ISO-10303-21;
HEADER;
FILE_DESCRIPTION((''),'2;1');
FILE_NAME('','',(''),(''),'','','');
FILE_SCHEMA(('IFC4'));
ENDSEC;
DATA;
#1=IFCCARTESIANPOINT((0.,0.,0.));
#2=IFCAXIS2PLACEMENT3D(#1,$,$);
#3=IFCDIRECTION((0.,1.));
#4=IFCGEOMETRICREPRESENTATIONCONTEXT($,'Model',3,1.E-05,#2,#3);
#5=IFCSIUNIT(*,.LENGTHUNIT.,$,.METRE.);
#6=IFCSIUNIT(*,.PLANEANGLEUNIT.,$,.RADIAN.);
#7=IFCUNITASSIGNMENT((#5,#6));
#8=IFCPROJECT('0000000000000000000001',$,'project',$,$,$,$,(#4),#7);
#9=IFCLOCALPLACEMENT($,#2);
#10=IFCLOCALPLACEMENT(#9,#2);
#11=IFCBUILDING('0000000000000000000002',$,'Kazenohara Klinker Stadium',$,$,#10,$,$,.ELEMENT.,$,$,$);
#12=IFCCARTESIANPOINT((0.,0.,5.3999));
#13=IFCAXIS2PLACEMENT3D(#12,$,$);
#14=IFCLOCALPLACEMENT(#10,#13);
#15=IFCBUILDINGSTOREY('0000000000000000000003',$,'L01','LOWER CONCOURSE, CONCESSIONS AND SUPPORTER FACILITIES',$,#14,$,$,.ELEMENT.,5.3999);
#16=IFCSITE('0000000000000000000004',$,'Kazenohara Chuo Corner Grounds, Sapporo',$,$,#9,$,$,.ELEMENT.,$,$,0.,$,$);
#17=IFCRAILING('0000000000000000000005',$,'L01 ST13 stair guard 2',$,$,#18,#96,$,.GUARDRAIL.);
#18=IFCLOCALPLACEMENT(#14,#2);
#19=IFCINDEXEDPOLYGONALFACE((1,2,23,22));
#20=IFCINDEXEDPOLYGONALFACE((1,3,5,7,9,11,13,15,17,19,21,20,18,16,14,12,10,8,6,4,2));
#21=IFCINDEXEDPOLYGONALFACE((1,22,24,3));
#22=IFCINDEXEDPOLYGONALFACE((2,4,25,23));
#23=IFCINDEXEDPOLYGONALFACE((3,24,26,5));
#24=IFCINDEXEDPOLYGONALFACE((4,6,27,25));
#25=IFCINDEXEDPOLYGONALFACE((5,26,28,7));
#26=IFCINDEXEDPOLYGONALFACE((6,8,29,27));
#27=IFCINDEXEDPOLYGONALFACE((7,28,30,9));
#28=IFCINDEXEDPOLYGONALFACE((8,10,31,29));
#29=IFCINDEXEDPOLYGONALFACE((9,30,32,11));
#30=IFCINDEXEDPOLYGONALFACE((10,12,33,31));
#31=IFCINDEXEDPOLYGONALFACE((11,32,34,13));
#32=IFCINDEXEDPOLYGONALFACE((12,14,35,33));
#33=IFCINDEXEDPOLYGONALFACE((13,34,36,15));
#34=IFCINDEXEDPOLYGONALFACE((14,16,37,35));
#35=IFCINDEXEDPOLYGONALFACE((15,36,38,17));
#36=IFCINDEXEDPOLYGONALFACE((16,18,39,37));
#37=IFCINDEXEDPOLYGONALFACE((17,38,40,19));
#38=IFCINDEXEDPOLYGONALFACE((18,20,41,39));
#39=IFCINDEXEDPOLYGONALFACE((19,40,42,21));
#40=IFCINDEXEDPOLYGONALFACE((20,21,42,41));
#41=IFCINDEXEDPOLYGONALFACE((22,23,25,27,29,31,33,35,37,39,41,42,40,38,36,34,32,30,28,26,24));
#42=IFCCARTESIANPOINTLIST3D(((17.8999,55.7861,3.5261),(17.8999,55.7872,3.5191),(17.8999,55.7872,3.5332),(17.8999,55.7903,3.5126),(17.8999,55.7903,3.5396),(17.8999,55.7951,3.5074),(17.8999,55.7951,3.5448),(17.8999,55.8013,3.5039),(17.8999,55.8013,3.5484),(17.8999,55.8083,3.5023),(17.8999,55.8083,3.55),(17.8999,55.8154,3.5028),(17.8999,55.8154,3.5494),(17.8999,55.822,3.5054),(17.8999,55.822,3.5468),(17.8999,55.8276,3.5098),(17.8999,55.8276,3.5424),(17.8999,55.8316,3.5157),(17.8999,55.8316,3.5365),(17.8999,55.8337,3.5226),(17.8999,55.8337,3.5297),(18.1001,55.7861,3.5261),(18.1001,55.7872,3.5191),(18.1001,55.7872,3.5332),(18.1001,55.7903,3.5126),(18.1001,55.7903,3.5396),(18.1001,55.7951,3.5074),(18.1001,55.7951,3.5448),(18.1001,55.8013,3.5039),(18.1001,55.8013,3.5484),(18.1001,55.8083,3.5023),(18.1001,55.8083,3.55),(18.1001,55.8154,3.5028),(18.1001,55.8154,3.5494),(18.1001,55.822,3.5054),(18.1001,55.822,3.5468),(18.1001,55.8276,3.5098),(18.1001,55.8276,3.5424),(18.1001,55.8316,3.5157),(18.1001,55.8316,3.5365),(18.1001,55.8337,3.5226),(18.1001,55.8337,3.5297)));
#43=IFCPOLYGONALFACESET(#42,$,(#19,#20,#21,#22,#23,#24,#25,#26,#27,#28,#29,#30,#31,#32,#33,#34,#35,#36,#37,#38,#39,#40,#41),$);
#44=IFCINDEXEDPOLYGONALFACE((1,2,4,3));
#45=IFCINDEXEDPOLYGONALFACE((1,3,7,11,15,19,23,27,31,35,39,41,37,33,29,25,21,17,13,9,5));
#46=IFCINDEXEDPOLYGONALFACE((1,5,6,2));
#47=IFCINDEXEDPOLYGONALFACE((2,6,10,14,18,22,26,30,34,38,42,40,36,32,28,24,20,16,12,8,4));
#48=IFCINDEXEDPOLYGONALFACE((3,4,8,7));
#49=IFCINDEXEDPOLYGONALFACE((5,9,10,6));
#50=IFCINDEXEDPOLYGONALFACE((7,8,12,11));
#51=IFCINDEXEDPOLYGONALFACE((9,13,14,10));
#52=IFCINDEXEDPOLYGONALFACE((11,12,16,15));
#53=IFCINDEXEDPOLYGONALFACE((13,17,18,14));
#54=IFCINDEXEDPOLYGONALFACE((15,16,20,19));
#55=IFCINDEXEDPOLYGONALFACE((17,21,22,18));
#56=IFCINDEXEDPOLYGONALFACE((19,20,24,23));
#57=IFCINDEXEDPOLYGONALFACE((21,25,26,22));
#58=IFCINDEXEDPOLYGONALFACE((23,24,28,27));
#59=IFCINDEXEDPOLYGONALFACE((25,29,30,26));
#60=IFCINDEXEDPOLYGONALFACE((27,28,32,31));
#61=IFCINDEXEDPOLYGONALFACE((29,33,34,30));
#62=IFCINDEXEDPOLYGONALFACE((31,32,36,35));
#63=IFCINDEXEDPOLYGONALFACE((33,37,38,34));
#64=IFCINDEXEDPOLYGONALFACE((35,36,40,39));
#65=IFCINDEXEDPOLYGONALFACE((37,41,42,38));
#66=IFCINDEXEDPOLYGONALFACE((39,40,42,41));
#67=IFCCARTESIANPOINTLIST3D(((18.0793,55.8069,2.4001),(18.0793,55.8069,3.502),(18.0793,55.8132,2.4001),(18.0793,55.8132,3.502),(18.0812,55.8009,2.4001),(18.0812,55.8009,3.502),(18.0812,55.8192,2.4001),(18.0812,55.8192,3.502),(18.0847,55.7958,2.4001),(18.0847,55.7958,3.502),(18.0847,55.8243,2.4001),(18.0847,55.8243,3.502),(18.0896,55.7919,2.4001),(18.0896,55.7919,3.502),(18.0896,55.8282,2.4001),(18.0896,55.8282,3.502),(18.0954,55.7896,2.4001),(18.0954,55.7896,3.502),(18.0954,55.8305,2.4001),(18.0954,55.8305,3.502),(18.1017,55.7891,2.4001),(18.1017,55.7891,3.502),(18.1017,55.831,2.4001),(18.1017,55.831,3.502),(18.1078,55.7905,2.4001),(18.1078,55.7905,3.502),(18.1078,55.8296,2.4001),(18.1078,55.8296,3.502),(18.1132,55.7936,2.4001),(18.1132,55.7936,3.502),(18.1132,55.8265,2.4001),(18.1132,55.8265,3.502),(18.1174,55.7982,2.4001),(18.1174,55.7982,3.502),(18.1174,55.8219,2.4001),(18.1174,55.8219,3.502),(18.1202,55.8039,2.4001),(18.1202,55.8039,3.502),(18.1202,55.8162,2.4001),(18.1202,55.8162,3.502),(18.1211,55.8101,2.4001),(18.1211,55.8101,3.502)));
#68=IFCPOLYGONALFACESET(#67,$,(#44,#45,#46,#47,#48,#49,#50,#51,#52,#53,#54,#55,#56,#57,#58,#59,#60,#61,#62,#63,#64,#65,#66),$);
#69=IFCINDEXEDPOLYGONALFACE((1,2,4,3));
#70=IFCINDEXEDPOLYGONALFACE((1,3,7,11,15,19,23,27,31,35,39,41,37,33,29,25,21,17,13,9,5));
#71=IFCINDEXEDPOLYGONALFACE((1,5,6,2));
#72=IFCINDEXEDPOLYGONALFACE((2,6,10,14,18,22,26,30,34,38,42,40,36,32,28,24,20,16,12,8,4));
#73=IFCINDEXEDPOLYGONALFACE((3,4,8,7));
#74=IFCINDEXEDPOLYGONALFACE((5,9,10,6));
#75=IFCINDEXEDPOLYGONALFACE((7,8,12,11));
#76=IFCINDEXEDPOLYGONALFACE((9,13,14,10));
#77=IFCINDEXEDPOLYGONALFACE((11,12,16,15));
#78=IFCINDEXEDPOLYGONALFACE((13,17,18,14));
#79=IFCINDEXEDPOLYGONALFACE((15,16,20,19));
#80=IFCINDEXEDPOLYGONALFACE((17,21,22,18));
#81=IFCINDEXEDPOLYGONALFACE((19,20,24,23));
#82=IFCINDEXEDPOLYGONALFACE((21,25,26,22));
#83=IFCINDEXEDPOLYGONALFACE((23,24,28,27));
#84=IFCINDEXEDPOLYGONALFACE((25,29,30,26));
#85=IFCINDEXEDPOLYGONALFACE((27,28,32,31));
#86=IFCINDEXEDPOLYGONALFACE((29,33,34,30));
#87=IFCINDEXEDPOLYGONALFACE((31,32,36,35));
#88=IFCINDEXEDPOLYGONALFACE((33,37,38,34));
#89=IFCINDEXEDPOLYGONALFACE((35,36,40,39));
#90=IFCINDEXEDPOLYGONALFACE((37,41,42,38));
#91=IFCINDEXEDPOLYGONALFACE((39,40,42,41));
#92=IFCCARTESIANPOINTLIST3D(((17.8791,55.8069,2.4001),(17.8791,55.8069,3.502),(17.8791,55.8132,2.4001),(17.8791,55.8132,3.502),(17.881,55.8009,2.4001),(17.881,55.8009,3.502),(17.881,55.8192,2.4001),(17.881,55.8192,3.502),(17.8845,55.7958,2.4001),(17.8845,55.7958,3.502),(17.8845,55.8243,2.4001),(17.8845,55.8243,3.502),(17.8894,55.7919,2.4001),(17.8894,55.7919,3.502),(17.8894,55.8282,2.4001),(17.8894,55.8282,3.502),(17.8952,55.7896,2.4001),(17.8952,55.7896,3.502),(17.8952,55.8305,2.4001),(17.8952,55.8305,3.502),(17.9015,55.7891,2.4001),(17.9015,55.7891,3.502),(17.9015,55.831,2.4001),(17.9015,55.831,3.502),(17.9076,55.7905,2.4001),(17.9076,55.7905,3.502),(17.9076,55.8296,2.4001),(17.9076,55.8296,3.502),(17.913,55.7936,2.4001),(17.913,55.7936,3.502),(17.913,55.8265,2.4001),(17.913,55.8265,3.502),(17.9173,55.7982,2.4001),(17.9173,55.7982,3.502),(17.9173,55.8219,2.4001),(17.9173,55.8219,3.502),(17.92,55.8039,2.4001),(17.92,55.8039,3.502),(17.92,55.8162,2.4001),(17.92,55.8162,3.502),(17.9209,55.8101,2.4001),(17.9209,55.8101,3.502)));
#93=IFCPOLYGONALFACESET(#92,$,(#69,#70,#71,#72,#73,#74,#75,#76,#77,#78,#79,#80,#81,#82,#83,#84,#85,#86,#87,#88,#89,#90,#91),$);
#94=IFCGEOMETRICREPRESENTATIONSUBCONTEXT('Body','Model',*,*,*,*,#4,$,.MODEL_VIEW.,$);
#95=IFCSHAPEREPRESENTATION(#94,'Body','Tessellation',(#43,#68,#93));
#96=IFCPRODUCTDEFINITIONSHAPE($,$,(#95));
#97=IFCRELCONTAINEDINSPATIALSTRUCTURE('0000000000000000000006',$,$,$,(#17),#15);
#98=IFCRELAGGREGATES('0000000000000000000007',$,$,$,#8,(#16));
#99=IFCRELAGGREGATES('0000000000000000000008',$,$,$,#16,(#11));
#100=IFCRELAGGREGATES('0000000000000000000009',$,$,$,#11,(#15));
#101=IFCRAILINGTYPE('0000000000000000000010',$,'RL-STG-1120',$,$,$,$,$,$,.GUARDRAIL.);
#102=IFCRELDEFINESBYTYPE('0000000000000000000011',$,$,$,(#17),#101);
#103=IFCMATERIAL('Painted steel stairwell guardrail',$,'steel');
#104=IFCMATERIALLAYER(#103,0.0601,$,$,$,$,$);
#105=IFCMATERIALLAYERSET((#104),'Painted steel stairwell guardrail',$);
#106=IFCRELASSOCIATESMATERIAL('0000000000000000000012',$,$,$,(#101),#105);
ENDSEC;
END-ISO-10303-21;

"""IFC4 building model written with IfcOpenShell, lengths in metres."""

from ifc_helpers import new_model, si_unit, direction, frame, origin, origin_2d, place, context, subcontext, project, spatial, circle, extrude, material, layer, layer_set, type_object, element, save


model = new_model("IFC4")

# Units and contexts
model_context = context("Model", 3, precision=1e-05, world=origin(), true_north=direction((0.0, 1.0)))
body_context = subcontext(model_context, "Body", "Model", "MODEL_VIEW")
ifc_project = project(units=[si_unit("LENGTHUNIT", "METRE"), si_unit("PLANEANGLEUNIT", "RADIAN")], contexts=[model_context])

# Site, building, storey
site_placement = place(None, origin())
site = spatial("IfcSite", under=ifc_project, at=site_placement, Name="Kazenohara Chuo Corner Grounds, Sapporo", CompositionType="ELEMENT", RefElevation=0.0)
building_placement = place(site_placement, origin())
building = spatial("IfcBuilding", under=site, at=building_placement, Name="Kazenohara Klinker Stadium", CompositionType="ELEMENT")
storey_placement = place(building_placement, frame((0.0, 0.0, 5.3999)))
storey = spatial("IfcBuildingStorey", under=building, at=storey_placement, Name="L01", Description="LOWER CONCOURSE, CONCESSIONS AND SUPPORTER FACILITIES", CompositionType="ELEMENT", Elevation=5.3999)

# Railing
ifc_material_1 = material(Name="Painted steel stairwell guardrail", Category="steel")
ifc_layer_1 = layer(ifc_material_1, 0.0601)
ifc_layer_set_1 = layer_set([ifc_layer_1], Name="Painted steel stairwell guardrail")
railing_type_1 = type_object("IfcRailingType", Name="RL-STG-1120", PredefinedType="GUARDRAIL", material=ifc_layer_set_1)
railing_1_placement = place(storey_placement, frame((18.1001, 55.8101, 2.4001)))
element("IfcRailing", 1, at=railing_1_placement, inside=storey, type_object=railing_type_1, Name="L01 ST13 stair guard 2", PredefinedType="GUARDRAIL", context=body_context, shape_type="SweptSolid", body=[
    extrude(circle(Radius=0.0239, at=origin_2d()), frame((0.0, 0.0, 1.126), z_axis=(-1.0, 0.0, 0.0), x_axis=(0.0, -1.0, 0.0)), (0.0, 0.0, 1.0), 0.2002),
    extrude(circle(Radius=0.021, at=origin_2d()), origin(), (0.0, 0.0, 1.0), 1.1018),
    extrude(circle(Radius=0.021, at=origin_2d()), frame((-0.2002, 0.0, 0.0)), (0.0, 0.0, 1.0), 1.1018),
])

save(model, "model.ifc")
